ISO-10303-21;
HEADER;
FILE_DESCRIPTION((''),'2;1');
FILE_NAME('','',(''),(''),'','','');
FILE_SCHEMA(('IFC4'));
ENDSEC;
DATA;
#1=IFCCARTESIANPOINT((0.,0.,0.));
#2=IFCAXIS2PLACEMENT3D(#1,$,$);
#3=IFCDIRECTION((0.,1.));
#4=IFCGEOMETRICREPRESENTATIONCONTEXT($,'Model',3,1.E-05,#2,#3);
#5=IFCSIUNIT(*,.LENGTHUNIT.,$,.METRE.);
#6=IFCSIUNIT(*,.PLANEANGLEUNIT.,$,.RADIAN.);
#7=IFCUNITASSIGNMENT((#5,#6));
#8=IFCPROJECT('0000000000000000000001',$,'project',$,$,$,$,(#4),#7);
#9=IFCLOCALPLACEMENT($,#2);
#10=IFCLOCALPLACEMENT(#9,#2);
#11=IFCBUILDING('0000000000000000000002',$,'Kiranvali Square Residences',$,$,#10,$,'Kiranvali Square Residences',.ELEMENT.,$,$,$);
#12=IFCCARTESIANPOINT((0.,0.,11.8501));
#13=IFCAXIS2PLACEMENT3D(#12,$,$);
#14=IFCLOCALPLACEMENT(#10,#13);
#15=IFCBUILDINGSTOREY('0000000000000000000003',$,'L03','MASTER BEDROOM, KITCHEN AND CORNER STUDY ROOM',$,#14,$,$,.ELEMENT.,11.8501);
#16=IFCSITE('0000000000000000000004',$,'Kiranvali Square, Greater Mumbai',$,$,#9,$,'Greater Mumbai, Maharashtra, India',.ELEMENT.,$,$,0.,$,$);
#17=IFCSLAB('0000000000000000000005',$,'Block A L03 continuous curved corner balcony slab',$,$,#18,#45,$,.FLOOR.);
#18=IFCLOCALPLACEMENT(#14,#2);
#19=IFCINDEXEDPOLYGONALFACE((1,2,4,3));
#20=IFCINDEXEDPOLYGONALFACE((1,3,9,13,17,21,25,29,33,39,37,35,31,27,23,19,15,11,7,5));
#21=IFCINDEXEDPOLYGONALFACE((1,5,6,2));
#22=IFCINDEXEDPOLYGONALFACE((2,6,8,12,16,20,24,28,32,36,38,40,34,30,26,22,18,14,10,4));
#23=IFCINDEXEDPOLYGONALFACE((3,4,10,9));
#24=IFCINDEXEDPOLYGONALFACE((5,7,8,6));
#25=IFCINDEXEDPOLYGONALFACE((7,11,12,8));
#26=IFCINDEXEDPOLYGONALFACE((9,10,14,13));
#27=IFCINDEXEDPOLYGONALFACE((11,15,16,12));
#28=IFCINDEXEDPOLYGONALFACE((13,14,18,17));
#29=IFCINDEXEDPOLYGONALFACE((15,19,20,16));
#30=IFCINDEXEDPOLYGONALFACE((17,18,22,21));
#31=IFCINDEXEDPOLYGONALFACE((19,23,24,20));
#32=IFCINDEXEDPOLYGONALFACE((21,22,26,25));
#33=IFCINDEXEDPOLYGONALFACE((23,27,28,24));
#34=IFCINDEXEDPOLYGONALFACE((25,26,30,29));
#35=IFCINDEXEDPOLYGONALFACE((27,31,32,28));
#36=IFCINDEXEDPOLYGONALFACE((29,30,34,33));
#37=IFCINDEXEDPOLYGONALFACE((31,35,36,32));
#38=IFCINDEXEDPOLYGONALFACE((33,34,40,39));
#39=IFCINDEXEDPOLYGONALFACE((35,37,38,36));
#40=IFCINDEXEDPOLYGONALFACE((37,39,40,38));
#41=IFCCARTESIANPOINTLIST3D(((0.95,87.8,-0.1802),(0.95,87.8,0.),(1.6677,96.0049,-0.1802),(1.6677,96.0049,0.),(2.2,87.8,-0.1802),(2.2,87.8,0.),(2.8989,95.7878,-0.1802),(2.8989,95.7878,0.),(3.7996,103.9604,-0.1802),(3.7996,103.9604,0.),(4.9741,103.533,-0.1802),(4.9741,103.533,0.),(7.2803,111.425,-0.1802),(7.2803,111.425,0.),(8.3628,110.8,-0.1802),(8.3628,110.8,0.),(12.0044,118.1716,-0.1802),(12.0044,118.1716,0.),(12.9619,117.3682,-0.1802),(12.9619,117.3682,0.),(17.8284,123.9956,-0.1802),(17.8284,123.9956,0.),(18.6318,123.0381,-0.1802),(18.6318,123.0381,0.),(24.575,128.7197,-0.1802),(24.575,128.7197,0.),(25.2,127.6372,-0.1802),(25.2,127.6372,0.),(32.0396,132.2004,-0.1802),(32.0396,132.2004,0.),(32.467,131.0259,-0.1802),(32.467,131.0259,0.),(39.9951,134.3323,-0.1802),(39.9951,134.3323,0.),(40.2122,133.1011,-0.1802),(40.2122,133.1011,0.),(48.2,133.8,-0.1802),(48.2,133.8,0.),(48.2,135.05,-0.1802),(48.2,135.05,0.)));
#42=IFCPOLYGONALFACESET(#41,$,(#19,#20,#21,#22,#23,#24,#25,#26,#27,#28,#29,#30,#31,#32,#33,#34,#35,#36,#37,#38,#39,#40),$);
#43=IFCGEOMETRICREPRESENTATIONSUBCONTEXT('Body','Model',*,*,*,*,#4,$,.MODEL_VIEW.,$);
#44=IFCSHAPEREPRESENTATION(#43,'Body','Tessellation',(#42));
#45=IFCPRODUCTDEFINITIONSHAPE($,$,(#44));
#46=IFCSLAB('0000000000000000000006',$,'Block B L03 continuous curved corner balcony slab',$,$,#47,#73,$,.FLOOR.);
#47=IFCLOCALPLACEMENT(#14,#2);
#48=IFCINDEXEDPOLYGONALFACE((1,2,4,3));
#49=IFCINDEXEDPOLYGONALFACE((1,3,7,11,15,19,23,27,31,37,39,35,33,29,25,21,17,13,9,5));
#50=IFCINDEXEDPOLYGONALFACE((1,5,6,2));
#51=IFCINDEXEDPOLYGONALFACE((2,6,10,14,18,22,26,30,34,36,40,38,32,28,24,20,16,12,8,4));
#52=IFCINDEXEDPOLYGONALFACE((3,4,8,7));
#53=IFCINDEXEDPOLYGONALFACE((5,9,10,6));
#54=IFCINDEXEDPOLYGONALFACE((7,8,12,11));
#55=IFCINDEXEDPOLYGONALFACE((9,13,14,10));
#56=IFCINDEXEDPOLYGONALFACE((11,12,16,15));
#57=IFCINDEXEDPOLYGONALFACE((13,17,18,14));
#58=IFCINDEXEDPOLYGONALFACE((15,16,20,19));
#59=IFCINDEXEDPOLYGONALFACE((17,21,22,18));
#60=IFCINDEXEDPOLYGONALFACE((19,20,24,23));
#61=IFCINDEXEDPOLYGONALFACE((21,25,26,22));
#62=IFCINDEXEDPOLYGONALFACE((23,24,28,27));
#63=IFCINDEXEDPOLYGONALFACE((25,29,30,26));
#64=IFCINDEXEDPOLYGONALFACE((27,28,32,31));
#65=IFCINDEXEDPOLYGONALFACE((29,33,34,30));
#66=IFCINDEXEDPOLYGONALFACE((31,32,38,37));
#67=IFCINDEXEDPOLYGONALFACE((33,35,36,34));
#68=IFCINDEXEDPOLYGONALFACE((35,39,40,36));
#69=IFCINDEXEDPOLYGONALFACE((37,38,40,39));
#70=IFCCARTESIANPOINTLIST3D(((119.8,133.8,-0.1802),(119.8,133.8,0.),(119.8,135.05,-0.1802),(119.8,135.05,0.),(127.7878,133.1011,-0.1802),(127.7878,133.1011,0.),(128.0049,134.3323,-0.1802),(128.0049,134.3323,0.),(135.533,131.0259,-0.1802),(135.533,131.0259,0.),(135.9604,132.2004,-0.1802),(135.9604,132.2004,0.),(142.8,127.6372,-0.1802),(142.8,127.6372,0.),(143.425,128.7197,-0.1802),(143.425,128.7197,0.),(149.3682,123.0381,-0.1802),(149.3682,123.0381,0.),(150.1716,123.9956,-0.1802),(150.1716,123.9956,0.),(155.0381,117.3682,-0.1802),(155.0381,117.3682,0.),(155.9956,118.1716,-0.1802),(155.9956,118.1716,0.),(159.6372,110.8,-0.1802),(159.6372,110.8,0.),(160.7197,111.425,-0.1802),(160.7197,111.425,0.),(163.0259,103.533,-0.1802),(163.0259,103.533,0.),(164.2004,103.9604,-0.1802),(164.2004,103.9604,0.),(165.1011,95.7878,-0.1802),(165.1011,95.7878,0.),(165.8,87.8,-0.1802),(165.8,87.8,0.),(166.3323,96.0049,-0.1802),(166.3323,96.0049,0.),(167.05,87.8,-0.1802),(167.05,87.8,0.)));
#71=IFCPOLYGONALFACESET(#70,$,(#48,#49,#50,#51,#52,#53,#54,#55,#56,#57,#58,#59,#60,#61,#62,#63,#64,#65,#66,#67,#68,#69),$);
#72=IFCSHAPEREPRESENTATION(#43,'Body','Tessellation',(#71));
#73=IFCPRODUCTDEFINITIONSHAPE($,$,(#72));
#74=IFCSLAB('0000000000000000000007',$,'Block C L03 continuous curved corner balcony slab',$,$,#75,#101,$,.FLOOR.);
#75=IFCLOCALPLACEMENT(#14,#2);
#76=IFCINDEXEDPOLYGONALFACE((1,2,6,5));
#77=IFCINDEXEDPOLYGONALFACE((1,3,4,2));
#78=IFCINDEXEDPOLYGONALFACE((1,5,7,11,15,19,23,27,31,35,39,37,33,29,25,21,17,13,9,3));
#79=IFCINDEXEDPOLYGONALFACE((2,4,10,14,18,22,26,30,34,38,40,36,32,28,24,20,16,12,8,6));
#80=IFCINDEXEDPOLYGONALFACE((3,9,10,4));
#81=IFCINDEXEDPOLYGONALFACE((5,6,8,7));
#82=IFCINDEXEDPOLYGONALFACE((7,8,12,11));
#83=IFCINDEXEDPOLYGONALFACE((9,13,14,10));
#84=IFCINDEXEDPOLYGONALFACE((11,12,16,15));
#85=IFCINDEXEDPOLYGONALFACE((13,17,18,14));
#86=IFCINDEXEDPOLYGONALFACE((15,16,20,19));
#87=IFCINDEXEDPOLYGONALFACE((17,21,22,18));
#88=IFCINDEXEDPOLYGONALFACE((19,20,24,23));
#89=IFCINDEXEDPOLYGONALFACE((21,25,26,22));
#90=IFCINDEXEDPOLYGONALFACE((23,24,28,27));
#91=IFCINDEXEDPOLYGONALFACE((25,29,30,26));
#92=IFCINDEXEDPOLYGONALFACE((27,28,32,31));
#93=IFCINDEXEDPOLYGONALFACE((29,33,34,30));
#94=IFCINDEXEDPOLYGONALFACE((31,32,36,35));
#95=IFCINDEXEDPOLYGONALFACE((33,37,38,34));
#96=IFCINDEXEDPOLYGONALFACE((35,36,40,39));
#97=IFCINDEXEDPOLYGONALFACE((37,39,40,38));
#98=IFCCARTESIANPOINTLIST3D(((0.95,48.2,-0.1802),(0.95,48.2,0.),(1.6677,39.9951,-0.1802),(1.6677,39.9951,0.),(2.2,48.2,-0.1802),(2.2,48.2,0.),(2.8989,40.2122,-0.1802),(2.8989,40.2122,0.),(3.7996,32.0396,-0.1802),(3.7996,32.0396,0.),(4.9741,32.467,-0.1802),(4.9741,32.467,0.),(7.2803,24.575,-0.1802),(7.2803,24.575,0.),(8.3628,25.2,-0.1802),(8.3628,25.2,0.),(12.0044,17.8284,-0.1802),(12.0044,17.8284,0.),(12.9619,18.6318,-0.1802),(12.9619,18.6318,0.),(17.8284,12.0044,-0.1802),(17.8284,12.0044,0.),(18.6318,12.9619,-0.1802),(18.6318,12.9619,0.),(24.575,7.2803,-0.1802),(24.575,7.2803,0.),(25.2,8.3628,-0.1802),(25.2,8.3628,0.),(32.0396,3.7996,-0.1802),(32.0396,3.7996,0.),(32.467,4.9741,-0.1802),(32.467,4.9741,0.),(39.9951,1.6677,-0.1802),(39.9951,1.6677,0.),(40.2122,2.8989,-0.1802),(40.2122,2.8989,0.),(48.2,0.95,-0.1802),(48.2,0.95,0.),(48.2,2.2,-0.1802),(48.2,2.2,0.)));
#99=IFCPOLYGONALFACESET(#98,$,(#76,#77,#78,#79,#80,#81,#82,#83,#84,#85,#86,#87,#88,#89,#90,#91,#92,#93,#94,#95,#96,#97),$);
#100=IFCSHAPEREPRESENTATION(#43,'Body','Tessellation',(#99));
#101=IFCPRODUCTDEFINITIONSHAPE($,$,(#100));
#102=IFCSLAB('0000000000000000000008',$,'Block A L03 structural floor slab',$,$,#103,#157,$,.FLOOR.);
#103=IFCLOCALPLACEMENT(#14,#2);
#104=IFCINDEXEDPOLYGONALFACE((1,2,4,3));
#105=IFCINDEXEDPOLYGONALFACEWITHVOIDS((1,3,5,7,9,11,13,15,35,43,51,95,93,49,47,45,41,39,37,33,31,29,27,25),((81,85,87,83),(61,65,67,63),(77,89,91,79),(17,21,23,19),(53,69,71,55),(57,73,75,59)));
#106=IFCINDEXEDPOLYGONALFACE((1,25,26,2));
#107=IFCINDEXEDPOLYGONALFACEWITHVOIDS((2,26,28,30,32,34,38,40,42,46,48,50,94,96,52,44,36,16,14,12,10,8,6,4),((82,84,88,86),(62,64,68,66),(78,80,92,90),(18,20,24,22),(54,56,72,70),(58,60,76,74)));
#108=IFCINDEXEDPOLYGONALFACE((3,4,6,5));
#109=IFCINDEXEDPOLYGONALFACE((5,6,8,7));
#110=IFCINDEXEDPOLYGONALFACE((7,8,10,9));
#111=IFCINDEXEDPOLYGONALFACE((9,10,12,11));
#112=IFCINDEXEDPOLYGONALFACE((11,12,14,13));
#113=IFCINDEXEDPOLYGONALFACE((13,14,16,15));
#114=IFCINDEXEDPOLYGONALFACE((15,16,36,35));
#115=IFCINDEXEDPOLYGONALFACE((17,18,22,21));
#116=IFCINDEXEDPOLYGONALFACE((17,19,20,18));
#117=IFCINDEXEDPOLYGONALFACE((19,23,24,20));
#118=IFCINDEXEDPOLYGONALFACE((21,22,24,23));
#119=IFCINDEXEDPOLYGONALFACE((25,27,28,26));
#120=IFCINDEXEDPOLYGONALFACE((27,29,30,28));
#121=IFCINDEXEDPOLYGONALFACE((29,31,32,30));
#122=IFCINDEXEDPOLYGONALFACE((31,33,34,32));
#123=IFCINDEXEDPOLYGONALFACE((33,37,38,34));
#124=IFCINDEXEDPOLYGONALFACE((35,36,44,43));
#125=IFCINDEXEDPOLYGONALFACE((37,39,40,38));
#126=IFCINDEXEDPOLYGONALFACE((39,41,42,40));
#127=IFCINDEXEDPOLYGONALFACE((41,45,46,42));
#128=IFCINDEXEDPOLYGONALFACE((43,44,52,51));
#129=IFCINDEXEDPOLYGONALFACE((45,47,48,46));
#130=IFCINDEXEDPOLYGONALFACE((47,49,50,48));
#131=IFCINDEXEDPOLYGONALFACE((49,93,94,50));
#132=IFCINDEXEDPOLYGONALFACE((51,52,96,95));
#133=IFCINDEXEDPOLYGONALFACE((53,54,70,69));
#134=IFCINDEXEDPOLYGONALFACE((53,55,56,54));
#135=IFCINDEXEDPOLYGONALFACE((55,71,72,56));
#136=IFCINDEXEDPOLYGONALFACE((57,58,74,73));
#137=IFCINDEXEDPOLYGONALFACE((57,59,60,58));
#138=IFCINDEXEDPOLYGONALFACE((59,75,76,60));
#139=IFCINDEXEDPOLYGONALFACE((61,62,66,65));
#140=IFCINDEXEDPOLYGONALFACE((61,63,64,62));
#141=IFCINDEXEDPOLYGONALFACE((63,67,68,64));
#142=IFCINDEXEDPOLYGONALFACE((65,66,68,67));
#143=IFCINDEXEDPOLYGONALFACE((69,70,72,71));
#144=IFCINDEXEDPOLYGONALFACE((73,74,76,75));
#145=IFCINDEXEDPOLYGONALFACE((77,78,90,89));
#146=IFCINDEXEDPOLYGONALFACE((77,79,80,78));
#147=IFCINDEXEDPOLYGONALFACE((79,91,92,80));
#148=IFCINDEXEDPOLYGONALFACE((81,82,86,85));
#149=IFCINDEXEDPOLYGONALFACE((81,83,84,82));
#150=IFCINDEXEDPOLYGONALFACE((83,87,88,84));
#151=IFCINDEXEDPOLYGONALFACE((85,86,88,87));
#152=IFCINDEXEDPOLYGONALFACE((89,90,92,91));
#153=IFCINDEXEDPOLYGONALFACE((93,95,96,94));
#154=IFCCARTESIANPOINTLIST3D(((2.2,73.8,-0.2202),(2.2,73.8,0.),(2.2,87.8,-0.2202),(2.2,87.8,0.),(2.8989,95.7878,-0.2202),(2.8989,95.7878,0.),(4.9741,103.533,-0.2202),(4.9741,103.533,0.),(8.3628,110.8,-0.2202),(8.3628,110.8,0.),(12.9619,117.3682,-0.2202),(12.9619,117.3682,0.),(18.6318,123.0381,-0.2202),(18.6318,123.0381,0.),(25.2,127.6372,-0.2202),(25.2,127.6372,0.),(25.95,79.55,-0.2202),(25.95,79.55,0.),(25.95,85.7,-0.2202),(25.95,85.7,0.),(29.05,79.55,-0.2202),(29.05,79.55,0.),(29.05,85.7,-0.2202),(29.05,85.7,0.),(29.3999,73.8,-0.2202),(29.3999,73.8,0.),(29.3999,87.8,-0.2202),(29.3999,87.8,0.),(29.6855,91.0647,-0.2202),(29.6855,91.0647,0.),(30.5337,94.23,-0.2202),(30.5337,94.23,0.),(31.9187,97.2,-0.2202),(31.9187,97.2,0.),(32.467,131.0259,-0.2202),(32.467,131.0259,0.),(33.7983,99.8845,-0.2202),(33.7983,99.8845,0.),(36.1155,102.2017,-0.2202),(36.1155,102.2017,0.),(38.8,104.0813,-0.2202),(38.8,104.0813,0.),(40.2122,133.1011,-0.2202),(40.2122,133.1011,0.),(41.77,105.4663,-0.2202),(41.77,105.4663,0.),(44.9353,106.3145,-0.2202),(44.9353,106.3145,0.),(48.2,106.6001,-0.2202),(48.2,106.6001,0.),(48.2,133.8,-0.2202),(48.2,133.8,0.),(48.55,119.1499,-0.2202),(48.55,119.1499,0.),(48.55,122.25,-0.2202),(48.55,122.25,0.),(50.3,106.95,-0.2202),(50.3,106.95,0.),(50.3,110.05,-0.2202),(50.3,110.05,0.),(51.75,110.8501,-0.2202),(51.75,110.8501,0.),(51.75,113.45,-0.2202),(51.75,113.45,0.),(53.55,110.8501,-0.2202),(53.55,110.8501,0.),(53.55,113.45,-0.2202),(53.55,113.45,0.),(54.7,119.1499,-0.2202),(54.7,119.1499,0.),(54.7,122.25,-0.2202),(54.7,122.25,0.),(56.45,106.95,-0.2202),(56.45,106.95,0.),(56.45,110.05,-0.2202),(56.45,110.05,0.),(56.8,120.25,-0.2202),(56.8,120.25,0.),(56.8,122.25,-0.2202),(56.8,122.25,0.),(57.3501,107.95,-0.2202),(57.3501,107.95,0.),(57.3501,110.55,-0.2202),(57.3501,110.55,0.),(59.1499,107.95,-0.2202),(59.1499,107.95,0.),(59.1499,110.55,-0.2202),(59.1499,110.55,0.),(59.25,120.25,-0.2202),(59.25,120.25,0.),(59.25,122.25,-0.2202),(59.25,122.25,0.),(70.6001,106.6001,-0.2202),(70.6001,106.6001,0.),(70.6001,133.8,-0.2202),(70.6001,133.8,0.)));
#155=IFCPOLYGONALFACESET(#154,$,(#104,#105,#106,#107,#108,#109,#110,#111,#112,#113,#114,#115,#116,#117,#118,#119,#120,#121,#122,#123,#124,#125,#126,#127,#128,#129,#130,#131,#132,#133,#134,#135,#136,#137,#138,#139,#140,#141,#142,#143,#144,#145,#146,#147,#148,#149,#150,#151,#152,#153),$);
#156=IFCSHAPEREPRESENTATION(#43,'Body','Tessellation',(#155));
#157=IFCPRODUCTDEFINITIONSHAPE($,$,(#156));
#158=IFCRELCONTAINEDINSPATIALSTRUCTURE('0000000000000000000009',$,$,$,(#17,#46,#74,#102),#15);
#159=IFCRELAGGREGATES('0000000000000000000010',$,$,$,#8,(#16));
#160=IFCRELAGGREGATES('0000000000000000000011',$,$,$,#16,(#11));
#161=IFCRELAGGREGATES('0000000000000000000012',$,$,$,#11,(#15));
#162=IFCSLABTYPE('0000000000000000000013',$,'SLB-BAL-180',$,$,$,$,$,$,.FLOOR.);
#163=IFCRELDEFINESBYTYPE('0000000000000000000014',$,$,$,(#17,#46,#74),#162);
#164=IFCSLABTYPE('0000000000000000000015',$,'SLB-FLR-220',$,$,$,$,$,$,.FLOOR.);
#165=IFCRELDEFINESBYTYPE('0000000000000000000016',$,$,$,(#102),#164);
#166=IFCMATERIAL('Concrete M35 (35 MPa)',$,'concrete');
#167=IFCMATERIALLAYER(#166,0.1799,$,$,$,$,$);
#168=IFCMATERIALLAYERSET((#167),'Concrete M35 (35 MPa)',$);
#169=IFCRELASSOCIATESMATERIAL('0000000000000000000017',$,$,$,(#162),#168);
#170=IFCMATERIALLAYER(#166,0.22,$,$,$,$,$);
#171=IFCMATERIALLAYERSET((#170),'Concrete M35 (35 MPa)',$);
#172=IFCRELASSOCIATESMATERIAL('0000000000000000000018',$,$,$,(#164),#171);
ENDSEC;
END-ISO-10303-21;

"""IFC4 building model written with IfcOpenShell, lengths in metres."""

from ifc_helpers import new_model, si_unit, direction, frame, origin, place, context, subcontext, project, spatial, polyline, outline, extrude, material, layer, layer_set, type_object, element, save


model = new_model("IFC4")

# Units and contexts
model_context = context("Model", 3, precision=1e-05, world=origin(), true_north=direction((0.0, 1.0)))
body_context = subcontext(model_context, "Body", "Model", "MODEL_VIEW")
ifc_project = project(units=[si_unit("LENGTHUNIT", "METRE"), si_unit("PLANEANGLEUNIT", "RADIAN")], contexts=[model_context])

# Site, building, storey
site_placement = place(None, origin())
site = spatial("IfcSite", under=ifc_project, at=site_placement, Name="Kiranvali Square, Greater Mumbai", LongName="Greater Mumbai, Maharashtra, India", CompositionType="ELEMENT", RefElevation=0.0)
building_placement = place(site_placement, origin())
building = spatial("IfcBuilding", under=site, at=building_placement, Name="Kiranvali Square Residences", LongName="Kiranvali Square Residences", CompositionType="ELEMENT")
storey_placement = place(building_placement, frame((0.0, 0.0, 11.8501)))
storey = spatial("IfcBuildingStorey", under=building, at=storey_placement, Name="L03", Description="MASTER BEDROOM, KITCHEN AND CORNER STUDY ROOM", CompositionType="ELEMENT", Elevation=11.8501)

# Slabs
ifc_material_1 = material(Name="Concrete M35 (35 MPa)", Category="concrete")
ifc_layer_1 = layer(ifc_material_1, 0.1799)
ifc_layer_set_1 = layer_set([ifc_layer_1], Name="Concrete M35 (35 MPa)")
slab_type_1 = type_object("IfcSlabType", Name="SLB-BAL-180", PredefinedType="FLOOR", material=ifc_layer_set_1)
slab_1_placement = place(storey_placement, frame((0.0, 0.0, -0.1802)))
element("IfcSlab", 1, at=slab_1_placement, inside=storey, type_object=slab_type_1, Name="Block A L03 continuous curved corner balcony slab", PredefinedType="FLOOR", context=body_context, shape_type="SweptSolid", body=[
    extrude(outline(polyline([(48.2, 135.05), (39.9951, 134.3323), (32.0396, 132.2004), (24.575, 128.7197), (17.8284, 123.9956), (12.0044, 118.1716), (7.2803, 111.425), (3.7996, 103.9604), (1.6677, 96.0049), (0.95, 87.8), (2.2, 87.8), (2.8989, 95.7878), (4.9741, 103.533), (8.3628, 110.8), (12.9619, 117.3682), (18.6318, 123.0381), (25.2, 127.6372), (32.467, 131.0259), (40.2122, 133.1011), (48.2, 133.8), (48.2, 135.05)])), origin(), (0.0, 0.0, 1.0), 0.1802),
])
slab_2_placement = place(storey_placement, frame((0.0, 0.0, -0.1802)))
element("IfcSlab", 2, at=slab_2_placement, inside=storey, type_object=slab_type_1, Name="Block B L03 continuous curved corner balcony slab", PredefinedType="FLOOR", context=body_context, shape_type="SweptSolid", body=[
    extrude(outline(polyline([(119.8, 133.8), (127.7878, 133.1011), (135.533, 131.0259), (142.8, 127.6372), (149.3682, 123.0381), (155.0381, 117.3682), (159.6372, 110.8), (163.0259, 103.533), (165.1011, 95.7878), (165.8, 87.8), (167.05, 87.8), (166.3323, 96.0049), (164.2004, 103.9604), (160.7197, 111.425), (155.9956, 118.1716), (150.1716, 123.9956), (143.425, 128.7197), (135.9604, 132.2004), (128.0049, 134.3323), (119.8, 135.05), (119.8, 133.8)])), origin(), (0.0, 0.0, 1.0), 0.1802),
])
slab_3_placement = place(storey_placement, frame((0.0, 0.0, -0.1802)))
element("IfcSlab", 3, at=slab_3_placement, inside=storey, type_object=slab_type_1, Name="Block C L03 continuous curved corner balcony slab", PredefinedType="FLOOR", context=body_context, shape_type="SweptSolid", body=[
    extrude(outline(polyline([(48.2, 2.2), (40.2122, 2.8989), (32.467, 4.9741), (25.2, 8.3628), (18.6318, 12.9619), (12.9619, 18.6318), (8.3628, 25.2), (4.9741, 32.467), (2.8989, 40.2122), (2.2, 48.2), (0.95, 48.2), (1.6677, 39.9951), (3.7996, 32.0396), (7.2803, 24.575), (12.0044, 17.8284), (17.8284, 12.0044), (24.575, 7.2803), (32.0396, 3.7996), (39.9951, 1.6677), (48.2, 0.95), (48.2, 2.2)])), origin(), (0.0, 0.0, 1.0), 0.1802),
])
ifc_layer_2 = layer(ifc_material_1, 0.22)
ifc_layer_set_2 = layer_set([ifc_layer_2], Name="Concrete M35 (35 MPa)")
slab_type_2 = type_object("IfcSlabType", Name="SLB-FLR-220", PredefinedType="FLOOR", material=ifc_layer_set_2)
slab_4_placement = place(storey_placement, frame((0.0, 0.0, -0.2202)))
element("IfcSlab", 4, at=slab_4_placement, inside=storey, type_object=slab_type_2, Name="Block A L03 structural floor slab", PredefinedType="FLOOR", context=body_context, shape_type="SweptSolid", body=[
    extrude(outline(polyline([(70.6001, 106.6001), (70.6001, 133.8), (48.2, 133.8), (40.2122, 133.1011), (32.467, 131.0259), (25.2, 127.6372), (18.6318, 123.0381), (12.9619, 117.3682), (8.3628, 110.8), (4.9741, 103.533), (2.8989, 95.7878), (2.2, 87.8), (2.2, 73.8), (29.3999, 73.8), (29.3999, 87.8), (29.6855, 91.0647), (30.5337, 94.23), (31.9187, 97.2), (33.7983, 99.8845), (36.1155, 102.2017), (38.8, 104.0813), (41.77, 105.4663), (44.9353, 106.3145), (48.2, 106.6001), (70.6001, 106.6001)]), holes=[polyline([(56.8, 120.25), (59.25, 120.25), (59.25, 122.25), (56.8, 122.25), (56.8, 120.25)]), polyline([(57.3501, 107.95), (59.1499, 107.95), (59.1499, 110.55), (57.3501, 110.55), (57.3501, 107.95)]), polyline([(51.75, 110.8501), (53.55, 110.8501), (53.55, 113.45), (51.75, 113.45), (51.75, 110.8501)]), polyline([(54.7, 122.25), (48.55, 122.25), (48.55, 119.1499), (54.7, 119.1499), (54.7, 122.25)]), polyline([(50.3, 106.95), (56.45, 106.95), (56.45, 110.05), (50.3, 110.05), (50.3, 106.95)]), polyline([(25.95, 85.7), (25.95, 79.55), (29.05, 79.55), (29.05, 85.7), (25.95, 85.7)])]), origin(), (0.0, 0.0, 1.0), 0.2202),
])

save(model, "model.ifc")
